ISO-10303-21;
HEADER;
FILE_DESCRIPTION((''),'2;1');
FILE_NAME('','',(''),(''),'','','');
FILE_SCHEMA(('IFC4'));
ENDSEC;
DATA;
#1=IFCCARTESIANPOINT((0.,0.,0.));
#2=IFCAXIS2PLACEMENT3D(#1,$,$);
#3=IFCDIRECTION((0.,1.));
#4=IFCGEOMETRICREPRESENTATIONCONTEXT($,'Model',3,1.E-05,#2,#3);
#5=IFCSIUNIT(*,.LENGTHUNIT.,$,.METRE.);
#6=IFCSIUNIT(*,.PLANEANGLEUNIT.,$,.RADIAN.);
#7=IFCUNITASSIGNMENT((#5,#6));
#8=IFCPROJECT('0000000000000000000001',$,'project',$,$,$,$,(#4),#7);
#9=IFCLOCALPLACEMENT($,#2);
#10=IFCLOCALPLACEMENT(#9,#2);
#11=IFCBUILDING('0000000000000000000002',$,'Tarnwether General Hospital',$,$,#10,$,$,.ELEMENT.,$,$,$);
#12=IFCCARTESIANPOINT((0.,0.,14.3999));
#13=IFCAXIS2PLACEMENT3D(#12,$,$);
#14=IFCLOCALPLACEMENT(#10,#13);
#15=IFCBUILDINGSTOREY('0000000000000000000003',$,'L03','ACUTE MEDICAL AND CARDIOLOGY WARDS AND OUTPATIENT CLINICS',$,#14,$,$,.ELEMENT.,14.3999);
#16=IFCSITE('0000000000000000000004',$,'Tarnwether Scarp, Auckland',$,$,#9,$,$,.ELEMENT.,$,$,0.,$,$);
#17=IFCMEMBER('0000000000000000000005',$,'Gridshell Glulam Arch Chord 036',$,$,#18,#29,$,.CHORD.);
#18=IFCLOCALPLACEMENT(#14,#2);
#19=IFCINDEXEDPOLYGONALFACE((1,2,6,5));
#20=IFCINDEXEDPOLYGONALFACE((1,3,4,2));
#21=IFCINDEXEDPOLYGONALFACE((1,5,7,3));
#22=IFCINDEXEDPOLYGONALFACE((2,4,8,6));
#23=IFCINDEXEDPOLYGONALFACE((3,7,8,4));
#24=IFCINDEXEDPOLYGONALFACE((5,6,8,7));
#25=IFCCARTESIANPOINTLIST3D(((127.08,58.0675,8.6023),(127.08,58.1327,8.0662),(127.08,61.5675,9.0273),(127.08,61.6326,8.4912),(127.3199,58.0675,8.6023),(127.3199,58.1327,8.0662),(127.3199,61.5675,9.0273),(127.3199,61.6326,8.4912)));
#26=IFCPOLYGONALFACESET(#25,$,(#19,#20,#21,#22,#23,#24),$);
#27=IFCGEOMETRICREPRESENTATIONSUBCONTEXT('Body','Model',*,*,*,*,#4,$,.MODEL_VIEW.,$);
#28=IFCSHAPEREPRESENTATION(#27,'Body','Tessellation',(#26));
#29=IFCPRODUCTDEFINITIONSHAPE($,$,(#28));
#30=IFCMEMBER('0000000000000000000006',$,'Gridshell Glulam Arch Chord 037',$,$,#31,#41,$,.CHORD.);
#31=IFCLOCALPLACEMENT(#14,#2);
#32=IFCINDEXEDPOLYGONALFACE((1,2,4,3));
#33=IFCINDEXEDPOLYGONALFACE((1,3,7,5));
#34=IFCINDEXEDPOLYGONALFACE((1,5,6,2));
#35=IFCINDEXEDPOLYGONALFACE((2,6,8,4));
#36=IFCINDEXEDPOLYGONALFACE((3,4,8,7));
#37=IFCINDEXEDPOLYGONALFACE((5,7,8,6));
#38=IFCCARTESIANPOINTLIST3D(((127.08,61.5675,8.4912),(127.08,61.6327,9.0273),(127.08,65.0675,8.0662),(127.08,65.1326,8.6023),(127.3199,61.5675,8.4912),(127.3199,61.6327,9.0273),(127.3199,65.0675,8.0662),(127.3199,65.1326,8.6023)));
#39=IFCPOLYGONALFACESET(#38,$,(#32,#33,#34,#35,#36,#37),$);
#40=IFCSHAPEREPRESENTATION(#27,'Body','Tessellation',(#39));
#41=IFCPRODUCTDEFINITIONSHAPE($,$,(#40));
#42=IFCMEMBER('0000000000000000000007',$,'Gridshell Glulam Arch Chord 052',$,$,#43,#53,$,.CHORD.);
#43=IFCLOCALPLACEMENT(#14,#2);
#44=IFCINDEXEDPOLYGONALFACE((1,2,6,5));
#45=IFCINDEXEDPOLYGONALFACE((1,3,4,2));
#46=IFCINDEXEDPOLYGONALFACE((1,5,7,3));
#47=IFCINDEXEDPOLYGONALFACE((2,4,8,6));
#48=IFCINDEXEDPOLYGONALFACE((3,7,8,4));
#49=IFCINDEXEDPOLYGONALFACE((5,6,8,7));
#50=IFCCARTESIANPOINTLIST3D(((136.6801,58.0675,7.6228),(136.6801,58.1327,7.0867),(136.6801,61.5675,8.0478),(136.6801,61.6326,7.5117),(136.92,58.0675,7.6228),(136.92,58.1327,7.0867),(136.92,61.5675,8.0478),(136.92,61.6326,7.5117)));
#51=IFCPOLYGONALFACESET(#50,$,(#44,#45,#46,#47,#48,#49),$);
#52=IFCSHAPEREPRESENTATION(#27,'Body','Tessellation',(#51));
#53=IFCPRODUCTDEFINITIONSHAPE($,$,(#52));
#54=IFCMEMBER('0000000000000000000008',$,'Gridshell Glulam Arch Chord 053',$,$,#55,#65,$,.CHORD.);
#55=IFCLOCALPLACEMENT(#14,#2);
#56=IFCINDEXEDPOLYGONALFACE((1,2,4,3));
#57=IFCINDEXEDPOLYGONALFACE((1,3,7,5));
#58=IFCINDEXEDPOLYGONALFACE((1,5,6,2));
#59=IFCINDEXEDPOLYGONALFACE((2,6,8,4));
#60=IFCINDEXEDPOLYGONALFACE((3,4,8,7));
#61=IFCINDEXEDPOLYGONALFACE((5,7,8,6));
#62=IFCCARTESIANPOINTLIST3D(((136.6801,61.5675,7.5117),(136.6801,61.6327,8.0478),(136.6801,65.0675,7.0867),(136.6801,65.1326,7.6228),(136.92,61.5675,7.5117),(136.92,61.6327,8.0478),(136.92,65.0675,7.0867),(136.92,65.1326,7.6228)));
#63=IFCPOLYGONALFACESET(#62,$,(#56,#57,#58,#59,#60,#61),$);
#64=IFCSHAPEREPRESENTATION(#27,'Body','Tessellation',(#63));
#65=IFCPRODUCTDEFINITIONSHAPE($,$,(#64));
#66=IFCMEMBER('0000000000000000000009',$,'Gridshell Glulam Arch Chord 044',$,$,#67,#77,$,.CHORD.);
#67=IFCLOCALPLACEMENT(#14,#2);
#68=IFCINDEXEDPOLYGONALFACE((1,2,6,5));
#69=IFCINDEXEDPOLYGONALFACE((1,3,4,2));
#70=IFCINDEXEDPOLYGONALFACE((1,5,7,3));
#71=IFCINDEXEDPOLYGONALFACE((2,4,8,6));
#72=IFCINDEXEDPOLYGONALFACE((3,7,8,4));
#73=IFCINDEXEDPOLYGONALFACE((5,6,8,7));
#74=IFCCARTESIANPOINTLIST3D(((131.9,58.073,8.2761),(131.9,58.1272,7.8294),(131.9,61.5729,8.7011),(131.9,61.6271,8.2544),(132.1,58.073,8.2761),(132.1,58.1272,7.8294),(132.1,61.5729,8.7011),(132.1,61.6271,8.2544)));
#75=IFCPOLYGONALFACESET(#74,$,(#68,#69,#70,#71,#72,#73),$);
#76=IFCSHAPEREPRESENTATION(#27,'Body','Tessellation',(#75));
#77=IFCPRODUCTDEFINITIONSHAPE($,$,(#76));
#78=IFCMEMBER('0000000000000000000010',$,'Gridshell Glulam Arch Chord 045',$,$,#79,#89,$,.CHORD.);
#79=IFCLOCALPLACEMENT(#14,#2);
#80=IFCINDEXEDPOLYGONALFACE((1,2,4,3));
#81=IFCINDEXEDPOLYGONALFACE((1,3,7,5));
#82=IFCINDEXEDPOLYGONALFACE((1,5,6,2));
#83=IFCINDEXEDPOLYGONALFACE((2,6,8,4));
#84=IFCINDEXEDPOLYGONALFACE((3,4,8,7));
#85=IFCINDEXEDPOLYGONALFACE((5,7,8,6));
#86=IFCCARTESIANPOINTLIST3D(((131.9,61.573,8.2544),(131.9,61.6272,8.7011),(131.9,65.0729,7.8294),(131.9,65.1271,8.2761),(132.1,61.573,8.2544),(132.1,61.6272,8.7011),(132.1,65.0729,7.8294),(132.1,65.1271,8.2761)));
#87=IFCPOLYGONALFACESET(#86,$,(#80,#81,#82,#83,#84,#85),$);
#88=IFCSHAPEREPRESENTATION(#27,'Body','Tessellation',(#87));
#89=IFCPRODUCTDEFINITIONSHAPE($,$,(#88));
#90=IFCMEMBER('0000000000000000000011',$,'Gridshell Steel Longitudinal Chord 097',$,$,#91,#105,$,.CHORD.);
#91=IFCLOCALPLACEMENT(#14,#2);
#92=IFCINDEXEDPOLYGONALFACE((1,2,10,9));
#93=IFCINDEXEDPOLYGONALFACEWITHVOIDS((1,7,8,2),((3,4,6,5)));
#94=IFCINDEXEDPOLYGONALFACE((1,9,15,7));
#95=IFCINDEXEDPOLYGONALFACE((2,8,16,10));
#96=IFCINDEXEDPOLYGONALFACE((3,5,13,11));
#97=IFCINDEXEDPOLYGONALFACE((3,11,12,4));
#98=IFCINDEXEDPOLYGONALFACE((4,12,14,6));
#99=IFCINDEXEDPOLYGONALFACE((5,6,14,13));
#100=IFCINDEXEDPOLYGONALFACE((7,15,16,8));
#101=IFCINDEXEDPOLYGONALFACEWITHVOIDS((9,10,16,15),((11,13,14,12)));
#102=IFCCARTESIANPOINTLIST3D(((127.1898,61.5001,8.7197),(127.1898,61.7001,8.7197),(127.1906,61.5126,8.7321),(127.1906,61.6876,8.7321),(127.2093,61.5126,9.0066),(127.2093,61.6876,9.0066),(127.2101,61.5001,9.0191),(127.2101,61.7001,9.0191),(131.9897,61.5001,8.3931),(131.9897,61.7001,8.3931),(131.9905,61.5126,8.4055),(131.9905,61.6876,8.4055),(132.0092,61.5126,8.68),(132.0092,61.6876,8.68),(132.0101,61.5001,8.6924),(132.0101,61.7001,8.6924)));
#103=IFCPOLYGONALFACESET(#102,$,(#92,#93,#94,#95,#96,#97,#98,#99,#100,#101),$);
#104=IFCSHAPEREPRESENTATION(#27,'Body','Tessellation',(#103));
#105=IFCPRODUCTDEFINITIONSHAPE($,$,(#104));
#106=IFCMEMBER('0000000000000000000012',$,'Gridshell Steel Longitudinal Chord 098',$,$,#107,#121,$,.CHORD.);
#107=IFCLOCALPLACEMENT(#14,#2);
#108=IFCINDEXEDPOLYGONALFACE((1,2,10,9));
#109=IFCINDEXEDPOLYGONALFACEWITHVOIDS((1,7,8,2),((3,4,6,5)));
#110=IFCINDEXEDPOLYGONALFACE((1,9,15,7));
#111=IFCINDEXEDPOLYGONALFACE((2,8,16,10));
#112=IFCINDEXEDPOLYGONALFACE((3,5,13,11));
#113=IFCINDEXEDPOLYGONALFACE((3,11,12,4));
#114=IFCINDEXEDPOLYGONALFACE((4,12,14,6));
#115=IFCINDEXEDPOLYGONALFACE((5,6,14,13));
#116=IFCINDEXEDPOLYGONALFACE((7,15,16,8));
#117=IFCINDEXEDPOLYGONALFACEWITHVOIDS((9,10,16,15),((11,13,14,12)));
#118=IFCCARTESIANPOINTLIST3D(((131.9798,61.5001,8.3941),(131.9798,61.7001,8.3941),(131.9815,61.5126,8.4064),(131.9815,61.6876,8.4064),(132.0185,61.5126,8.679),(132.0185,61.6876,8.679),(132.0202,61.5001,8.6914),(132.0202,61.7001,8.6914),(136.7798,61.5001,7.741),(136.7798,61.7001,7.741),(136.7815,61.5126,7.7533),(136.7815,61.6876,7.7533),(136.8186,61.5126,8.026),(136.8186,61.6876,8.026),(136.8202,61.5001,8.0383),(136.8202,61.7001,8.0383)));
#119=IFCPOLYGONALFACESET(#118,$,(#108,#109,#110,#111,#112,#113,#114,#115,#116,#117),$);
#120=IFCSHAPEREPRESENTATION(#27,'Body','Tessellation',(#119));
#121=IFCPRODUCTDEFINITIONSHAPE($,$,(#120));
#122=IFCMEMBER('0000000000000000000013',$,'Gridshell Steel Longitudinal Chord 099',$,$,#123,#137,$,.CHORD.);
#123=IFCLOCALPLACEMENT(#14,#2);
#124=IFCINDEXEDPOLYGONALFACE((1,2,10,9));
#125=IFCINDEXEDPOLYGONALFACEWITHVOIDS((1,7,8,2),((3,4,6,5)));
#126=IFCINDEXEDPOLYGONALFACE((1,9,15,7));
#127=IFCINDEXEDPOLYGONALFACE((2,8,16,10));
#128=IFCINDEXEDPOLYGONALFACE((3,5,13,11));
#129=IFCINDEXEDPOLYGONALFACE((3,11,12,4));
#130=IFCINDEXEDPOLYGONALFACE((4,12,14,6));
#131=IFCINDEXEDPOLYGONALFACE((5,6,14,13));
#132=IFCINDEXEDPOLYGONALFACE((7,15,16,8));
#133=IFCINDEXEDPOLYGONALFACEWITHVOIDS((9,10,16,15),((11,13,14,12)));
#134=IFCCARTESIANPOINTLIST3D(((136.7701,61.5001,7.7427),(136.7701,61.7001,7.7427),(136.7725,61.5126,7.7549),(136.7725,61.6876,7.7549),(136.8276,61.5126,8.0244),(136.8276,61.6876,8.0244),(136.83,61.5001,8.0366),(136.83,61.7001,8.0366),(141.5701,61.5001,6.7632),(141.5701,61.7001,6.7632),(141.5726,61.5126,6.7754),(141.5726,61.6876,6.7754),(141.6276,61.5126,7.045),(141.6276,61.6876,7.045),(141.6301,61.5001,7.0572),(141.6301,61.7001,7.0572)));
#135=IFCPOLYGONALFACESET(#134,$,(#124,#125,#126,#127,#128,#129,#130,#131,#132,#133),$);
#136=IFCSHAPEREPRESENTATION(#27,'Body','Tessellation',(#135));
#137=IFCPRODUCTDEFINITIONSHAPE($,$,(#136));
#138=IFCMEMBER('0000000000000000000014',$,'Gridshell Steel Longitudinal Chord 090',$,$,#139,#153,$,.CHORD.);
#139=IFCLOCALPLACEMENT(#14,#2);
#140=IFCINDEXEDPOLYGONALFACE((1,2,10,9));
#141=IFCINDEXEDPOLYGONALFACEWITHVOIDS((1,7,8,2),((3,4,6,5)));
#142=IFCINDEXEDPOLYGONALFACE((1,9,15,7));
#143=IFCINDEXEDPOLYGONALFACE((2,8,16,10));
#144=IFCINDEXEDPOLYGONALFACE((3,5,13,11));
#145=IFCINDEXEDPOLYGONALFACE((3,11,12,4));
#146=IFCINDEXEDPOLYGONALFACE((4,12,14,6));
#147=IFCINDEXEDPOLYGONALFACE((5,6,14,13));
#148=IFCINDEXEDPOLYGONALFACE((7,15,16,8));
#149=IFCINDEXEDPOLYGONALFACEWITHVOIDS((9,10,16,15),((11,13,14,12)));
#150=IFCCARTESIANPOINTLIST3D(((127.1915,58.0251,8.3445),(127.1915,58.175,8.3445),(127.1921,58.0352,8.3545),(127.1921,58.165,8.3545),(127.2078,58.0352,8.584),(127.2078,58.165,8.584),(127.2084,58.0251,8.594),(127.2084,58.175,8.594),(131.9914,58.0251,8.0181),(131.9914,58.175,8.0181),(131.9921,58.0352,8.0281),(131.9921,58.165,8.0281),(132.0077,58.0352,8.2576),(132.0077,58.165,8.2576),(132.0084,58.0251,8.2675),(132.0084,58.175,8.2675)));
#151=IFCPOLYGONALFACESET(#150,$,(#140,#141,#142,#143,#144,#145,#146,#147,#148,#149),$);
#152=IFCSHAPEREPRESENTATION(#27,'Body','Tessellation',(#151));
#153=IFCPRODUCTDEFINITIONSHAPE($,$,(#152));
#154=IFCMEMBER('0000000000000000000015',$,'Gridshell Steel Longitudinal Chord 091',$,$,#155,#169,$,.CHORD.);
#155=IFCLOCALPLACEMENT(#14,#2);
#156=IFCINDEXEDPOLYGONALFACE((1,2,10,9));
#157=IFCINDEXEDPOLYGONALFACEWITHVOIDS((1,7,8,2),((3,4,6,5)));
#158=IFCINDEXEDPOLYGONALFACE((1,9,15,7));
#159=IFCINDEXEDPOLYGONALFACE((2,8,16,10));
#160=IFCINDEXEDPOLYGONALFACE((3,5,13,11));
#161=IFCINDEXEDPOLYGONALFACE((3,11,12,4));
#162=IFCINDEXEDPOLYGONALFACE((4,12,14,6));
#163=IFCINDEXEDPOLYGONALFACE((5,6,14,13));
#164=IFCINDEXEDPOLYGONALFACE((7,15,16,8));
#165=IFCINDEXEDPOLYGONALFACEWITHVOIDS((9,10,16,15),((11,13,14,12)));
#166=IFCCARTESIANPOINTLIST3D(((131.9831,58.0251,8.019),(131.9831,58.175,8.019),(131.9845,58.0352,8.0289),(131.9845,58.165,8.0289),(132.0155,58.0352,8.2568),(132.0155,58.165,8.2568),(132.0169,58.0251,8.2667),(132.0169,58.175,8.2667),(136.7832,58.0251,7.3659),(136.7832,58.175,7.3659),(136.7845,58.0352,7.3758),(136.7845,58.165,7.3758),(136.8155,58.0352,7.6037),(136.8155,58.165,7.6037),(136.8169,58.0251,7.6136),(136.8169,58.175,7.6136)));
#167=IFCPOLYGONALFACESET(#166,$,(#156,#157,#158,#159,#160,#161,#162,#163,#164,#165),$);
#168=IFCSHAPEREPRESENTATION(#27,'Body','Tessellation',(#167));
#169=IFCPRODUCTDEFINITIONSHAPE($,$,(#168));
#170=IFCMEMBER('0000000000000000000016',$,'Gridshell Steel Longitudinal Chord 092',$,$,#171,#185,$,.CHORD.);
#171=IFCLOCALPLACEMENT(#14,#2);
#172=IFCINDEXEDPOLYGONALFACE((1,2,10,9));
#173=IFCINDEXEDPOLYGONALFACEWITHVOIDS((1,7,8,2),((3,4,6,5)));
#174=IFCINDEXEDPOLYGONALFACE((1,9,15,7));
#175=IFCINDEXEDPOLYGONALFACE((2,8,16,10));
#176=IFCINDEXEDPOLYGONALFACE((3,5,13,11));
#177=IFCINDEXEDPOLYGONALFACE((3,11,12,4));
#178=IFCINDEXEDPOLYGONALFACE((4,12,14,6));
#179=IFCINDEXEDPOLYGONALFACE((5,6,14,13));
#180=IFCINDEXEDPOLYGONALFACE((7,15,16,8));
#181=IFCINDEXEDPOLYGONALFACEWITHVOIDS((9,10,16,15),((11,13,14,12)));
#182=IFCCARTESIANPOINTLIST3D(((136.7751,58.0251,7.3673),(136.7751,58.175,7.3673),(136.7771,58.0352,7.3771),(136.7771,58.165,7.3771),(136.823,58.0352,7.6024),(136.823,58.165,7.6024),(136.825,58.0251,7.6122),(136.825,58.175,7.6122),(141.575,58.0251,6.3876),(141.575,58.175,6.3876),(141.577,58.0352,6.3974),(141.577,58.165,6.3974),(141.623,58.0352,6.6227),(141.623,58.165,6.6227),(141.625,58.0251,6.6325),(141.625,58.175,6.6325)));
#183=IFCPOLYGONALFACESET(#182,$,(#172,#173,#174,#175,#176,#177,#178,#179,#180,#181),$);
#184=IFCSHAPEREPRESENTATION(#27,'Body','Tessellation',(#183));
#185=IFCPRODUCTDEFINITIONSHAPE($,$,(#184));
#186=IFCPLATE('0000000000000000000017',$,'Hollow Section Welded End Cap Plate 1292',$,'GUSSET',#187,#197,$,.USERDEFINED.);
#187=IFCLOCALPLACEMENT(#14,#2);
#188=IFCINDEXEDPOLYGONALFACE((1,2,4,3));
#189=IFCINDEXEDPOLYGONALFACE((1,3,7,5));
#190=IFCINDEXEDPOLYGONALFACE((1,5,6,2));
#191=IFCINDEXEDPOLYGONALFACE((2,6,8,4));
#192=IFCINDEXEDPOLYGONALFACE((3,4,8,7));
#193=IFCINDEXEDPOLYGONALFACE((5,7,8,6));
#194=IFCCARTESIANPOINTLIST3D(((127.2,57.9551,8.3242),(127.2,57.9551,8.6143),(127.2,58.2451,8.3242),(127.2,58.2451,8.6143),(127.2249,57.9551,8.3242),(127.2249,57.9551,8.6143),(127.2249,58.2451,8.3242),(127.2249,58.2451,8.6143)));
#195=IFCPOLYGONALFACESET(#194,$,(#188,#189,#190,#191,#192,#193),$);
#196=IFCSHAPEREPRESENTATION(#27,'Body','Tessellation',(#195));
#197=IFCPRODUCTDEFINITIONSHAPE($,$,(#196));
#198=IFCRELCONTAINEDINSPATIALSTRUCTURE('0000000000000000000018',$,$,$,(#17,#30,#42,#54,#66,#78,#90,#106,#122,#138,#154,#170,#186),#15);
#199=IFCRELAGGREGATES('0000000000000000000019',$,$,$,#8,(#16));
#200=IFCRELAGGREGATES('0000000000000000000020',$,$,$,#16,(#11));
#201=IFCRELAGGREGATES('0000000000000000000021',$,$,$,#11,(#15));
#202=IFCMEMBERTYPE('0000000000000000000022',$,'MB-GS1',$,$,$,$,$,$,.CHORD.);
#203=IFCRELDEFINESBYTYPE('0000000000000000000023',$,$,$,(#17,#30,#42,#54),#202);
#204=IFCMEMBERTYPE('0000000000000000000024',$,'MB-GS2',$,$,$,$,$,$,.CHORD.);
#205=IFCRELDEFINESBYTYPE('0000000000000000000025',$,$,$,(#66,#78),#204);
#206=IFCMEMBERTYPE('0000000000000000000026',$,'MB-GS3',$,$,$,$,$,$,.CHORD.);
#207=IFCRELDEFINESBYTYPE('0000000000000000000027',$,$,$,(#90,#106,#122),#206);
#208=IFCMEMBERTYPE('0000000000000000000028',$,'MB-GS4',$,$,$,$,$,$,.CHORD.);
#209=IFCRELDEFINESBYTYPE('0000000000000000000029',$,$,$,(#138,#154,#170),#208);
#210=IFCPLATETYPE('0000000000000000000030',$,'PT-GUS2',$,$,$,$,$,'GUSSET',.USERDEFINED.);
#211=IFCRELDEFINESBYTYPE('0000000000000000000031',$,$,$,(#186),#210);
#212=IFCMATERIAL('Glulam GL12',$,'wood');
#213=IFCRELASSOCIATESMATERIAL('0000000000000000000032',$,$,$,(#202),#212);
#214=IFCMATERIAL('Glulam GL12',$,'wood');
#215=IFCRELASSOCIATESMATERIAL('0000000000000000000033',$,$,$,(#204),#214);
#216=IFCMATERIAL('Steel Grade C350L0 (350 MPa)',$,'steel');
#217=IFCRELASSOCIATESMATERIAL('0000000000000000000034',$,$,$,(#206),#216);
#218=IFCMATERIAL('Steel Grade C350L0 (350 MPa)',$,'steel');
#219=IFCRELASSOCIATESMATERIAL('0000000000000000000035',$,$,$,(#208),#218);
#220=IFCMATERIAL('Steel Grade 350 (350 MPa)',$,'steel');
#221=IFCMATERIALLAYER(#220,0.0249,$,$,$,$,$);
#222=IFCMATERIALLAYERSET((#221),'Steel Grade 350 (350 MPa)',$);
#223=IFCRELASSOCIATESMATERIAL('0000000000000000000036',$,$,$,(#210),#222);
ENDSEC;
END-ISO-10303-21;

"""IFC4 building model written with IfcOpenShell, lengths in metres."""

from ifc_helpers import new_model, si_unit, direction, frame, origin, origin_2d, place, context, subcontext, project, spatial, rectangle, hollow_rectangle, extrude, material, layer, layer_set, material_profile, profile_set, type_object, element, save


model = new_model("IFC4")

# Units and contexts
model_context = context("Model", 3, precision=1e-05, world=origin(), true_north=direction((0.0, 1.0)))
body_context = subcontext(model_context, "Body", "Model", "MODEL_VIEW")
ifc_project = project(units=[si_unit("LENGTHUNIT", "METRE"), si_unit("PLANEANGLEUNIT", "RADIAN")], contexts=[model_context])

# Site, building, storey
site_placement = place(None, origin())
site = spatial("IfcSite", under=ifc_project, at=site_placement, Name="Tarnwether Scarp, Auckland", CompositionType="ELEMENT", RefElevation=0.0)
building_placement = place(site_placement, origin())
building = spatial("IfcBuilding", under=site, at=building_placement, Name="Tarnwether General Hospital", CompositionType="ELEMENT")
storey_placement = place(building_placement, frame((0.0, 0.0, 14.3999)))
storey = spatial("IfcBuildingStorey", under=building, at=storey_placement, Name="L03", Description="ACUTE MEDICAL AND CARDIOLOGY WARDS AND OUTPATIENT CLINICS", CompositionType="ELEMENT", Elevation=14.3999)

# Members
ifc_material_1 = material(Name="Glulam GL12", Category="wood")
ifc_material_profile_1 = material_profile(ifc_material_1, rectangle(XDim=0.24, YDim=0.54, at=origin_2d()), Name="GL12-240x540")
ifc_profile_set_1 = profile_set([ifc_material_profile_1], Name="Glulam GL12")
member_type_1 = type_object("IfcMemberType", Name="MB-GS1", PredefinedType="CHORD", material=ifc_profile_set_1)
for number, where, z_axis, x_axis, name in (
    (1, (127.2, 58.1001, 8.3342), (0.0, 0.992706, 0.120557), (-1.0, 0.0, 0.0), "Gridshell Glulam Arch Chord 036"),
    (2, (127.2, 61.6001, 8.7593), (0.0, 0.992706, -0.120557), (-1.0, 0.0, 0.0), "Gridshell Glulam Arch Chord 037"),
    (3, (136.8, 58.1001, 7.3547), (0.0, 0.992706, 0.120557), (-1.0, 0.0, 0.0), "Gridshell Glulam Arch Chord 052"),
    (4, (136.8, 61.6001, 7.7798), (0.0, 0.992706, -0.120557), (-1.0, 0.0, 0.0), "Gridshell Glulam Arch Chord 053"),
):
    element("IfcMember", number, at=place(storey_placement, frame(where, z_axis=z_axis, x_axis=x_axis)), inside=storey, type_object=member_type_1, Name=name, PredefinedType="CHORD", context=body_context, shape_type="SweptSolid", body=[
        extrude(rectangle(XDim=0.24, YDim=0.54, at=origin_2d()), origin(), (0.0, 0.0, 1.0), 3.5256),
    ])
ifc_material_2 = material(Name="Glulam GL12", Category="wood")
ifc_material_profile_2 = material_profile(ifc_material_2, rectangle(XDim=0.2, YDim=0.45, at=origin_2d()), Name="GL12-200x450")
ifc_profile_set_2 = profile_set([ifc_material_profile_2], Name="Glulam GL12")
member_type_2 = type_object("IfcMemberType", Name="MB-GS2", PredefinedType="CHORD", material=ifc_profile_set_2)
for number, where, z_axis, x_axis, name in (
    (5, (132.0, 58.1001, 8.0527), (0.0, 0.992706, 0.120557), (-1.0, 0.0, 0.0), "Gridshell Glulam Arch Chord 044"),
    (6, (132.0, 61.6001, 8.4778), (0.0, 0.992706, -0.120557), (-1.0, 0.0, 0.0), "Gridshell Glulam Arch Chord 045"),
):
    element("IfcMember", number, at=place(storey_placement, frame(where, z_axis=z_axis, x_axis=x_axis)), inside=storey, type_object=member_type_2, Name=name, PredefinedType="CHORD", context=body_context, shape_type="SweptSolid", body=[
        extrude(rectangle(XDim=0.2, YDim=0.45, at=origin_2d()), origin(), (0.0, 0.0, 1.0), 3.5256),
    ])
ifc_material_3 = material(Name="Steel Grade C350L0 (350 MPa)", Category="steel")
ifc_material_profile_3 = material_profile(ifc_material_3, hollow_rectangle(XDim=0.2, YDim=0.3, WallThickness=0.0125, at=origin_2d()), Name="RHS300x200x12.5")
ifc_profile_set_3 = profile_set([ifc_material_profile_3], Name="Steel Grade C350L0 (350 MPa)")
member_type_3 = type_object("IfcMemberType", Name="MB-GS3", PredefinedType="CHORD", material=ifc_profile_set_3)
member_1_placement = place(storey_placement, frame((127.2, 61.6001, 8.8694), z_axis=(0.997692, 0.0, -0.067896), x_axis=(0.0, 1.0, 0.0)))
element("IfcMember", 7, at=member_1_placement, inside=storey, type_object=member_type_3, Name="Gridshell Steel Longitudinal Chord 097", PredefinedType="CHORD", context=body_context, shape_type="SweptSolid", body=[
    extrude(hollow_rectangle(XDim=0.2, YDim=0.3, WallThickness=0.0125, at=origin_2d()), origin(), (0.0, 0.0, 1.0), 4.811),
])
member_2_placement = place(storey_placement, frame((132.0, 61.6001, 8.5427), z_axis=(0.990871, 0.0, -0.134814), x_axis=(0.0, 1.0, 0.0)))
element("IfcMember", 8, at=member_2_placement, inside=storey, type_object=member_type_3, Name="Gridshell Steel Longitudinal Chord 098", PredefinedType="CHORD", context=body_context, shape_type="SweptSolid", body=[
    extrude(hollow_rectangle(XDim=0.2, YDim=0.3, WallThickness=0.0125, at=origin_2d()), origin(), (0.0, 0.0, 1.0), 4.8442),
])
member_3_placement = place(storey_placement, frame((136.8, 61.6001, 7.8896), z_axis=(0.979808, 0.0, -0.199939), x_axis=(0.0, 1.0, 0.0)))
element("IfcMember", 9, at=member_3_placement, inside=storey, type_object=member_type_3, Name="Gridshell Steel Longitudinal Chord 099", PredefinedType="CHORD", context=body_context, shape_type="SweptSolid", body=[
    extrude(hollow_rectangle(XDim=0.2, YDim=0.3, WallThickness=0.0125, at=origin_2d()), origin(), (0.0, 0.0, 1.0), 4.8989),
])
ifc_material_4 = material(Name="Steel Grade C350L0 (350 MPa)", Category="steel")
ifc_material_profile_4 = material_profile(ifc_material_4, hollow_rectangle(XDim=0.1499, YDim=0.25, WallThickness=0.01, at=origin_2d()), Name="RHS250x150x10")
ifc_profile_set_4 = profile_set([ifc_material_profile_4], Name="Steel Grade C350L0 (350 MPa)")
member_type_4 = type_object("IfcMemberType", Name="MB-GS4", PredefinedType="CHORD", material=ifc_profile_set_4)
member_4_placement = place(storey_placement, frame((127.2, 58.1001, 8.4692), z_axis=(0.997696, 0.0, -0.067846), x_axis=(0.0, 1.0, 0.0)))
element("IfcMember", 10, at=member_4_placement, inside=storey, type_object=member_type_4, Name="Gridshell Steel Longitudinal Chord 090", PredefinedType="CHORD", context=body_context, shape_type="SweptSolid", body=[
    extrude(hollow_rectangle(XDim=0.1499, YDim=0.25, WallThickness=0.01, at=origin_2d()), origin(), (0.0, 0.0, 1.0), 4.811),
])
member_5_placement = place(storey_placement, frame((132.0, 58.1001, 8.1428), z_axis=(0.990871, 0.0, -0.134814), x_axis=(0.0, 1.0, 0.0)))
element("IfcMember", 11, at=member_5_placement, inside=storey, type_object=member_type_4, Name="Gridshell Steel Longitudinal Chord 091", PredefinedType="CHORD", context=body_context, shape_type="SweptSolid", body=[
    extrude(hollow_rectangle(XDim=0.1499, YDim=0.25, WallThickness=0.01, at=origin_2d()), origin(), (0.0, 0.0, 1.0), 4.8442),
])
member_6_placement = place(storey_placement, frame((136.8, 58.1001, 7.4897), z_axis=(0.979799, 0.0, -0.199986), x_axis=(0.0, 1.0, 0.0)))
element("IfcMember", 12, at=member_6_placement, inside=storey, type_object=member_type_4, Name="Gridshell Steel Longitudinal Chord 092", PredefinedType="CHORD", context=body_context, shape_type="SweptSolid", body=[
    extrude(hollow_rectangle(XDim=0.1499, YDim=0.25, WallThickness=0.01, at=origin_2d()), origin(), (0.0, 0.0, 1.0), 4.8989),
])

# Plate
ifc_material_5 = material(Name="Steel Grade 350 (350 MPa)", Category="steel")
ifc_layer_1 = layer(ifc_material_5, 0.0249)
ifc_layer_set_1 = layer_set([ifc_layer_1], Name="Steel Grade 350 (350 MPa)")
plate_type_1 = type_object("IfcPlateType", Name="PT-GUS2", ElementType="GUSSET", PredefinedType="USERDEFINED", material=ifc_layer_set_1)
for number, where, z_axis, x_axis, name in (
    (13, (127.2124, 58.1001, 8.3242), (0.0, 0.0, 1.0), (1.0, 0.0, 0.0), "Hollow Section Welded End Cap Plate 1292"),
):
    element("IfcPlate", number, at=place(storey_placement, frame(where, z_axis=z_axis, x_axis=x_axis)), inside=storey, type_object=plate_type_1, Name=name, ObjectType="GUSSET", PredefinedType="USERDEFINED", context=body_context, shape_type="SweptSolid", body=[
        extrude(rectangle(XDim=0.0249, YDim=0.29, at=origin_2d()), origin(), (0.0, 0.0, 1.0), 0.29),
    ])

save(model, "model.ifc")
